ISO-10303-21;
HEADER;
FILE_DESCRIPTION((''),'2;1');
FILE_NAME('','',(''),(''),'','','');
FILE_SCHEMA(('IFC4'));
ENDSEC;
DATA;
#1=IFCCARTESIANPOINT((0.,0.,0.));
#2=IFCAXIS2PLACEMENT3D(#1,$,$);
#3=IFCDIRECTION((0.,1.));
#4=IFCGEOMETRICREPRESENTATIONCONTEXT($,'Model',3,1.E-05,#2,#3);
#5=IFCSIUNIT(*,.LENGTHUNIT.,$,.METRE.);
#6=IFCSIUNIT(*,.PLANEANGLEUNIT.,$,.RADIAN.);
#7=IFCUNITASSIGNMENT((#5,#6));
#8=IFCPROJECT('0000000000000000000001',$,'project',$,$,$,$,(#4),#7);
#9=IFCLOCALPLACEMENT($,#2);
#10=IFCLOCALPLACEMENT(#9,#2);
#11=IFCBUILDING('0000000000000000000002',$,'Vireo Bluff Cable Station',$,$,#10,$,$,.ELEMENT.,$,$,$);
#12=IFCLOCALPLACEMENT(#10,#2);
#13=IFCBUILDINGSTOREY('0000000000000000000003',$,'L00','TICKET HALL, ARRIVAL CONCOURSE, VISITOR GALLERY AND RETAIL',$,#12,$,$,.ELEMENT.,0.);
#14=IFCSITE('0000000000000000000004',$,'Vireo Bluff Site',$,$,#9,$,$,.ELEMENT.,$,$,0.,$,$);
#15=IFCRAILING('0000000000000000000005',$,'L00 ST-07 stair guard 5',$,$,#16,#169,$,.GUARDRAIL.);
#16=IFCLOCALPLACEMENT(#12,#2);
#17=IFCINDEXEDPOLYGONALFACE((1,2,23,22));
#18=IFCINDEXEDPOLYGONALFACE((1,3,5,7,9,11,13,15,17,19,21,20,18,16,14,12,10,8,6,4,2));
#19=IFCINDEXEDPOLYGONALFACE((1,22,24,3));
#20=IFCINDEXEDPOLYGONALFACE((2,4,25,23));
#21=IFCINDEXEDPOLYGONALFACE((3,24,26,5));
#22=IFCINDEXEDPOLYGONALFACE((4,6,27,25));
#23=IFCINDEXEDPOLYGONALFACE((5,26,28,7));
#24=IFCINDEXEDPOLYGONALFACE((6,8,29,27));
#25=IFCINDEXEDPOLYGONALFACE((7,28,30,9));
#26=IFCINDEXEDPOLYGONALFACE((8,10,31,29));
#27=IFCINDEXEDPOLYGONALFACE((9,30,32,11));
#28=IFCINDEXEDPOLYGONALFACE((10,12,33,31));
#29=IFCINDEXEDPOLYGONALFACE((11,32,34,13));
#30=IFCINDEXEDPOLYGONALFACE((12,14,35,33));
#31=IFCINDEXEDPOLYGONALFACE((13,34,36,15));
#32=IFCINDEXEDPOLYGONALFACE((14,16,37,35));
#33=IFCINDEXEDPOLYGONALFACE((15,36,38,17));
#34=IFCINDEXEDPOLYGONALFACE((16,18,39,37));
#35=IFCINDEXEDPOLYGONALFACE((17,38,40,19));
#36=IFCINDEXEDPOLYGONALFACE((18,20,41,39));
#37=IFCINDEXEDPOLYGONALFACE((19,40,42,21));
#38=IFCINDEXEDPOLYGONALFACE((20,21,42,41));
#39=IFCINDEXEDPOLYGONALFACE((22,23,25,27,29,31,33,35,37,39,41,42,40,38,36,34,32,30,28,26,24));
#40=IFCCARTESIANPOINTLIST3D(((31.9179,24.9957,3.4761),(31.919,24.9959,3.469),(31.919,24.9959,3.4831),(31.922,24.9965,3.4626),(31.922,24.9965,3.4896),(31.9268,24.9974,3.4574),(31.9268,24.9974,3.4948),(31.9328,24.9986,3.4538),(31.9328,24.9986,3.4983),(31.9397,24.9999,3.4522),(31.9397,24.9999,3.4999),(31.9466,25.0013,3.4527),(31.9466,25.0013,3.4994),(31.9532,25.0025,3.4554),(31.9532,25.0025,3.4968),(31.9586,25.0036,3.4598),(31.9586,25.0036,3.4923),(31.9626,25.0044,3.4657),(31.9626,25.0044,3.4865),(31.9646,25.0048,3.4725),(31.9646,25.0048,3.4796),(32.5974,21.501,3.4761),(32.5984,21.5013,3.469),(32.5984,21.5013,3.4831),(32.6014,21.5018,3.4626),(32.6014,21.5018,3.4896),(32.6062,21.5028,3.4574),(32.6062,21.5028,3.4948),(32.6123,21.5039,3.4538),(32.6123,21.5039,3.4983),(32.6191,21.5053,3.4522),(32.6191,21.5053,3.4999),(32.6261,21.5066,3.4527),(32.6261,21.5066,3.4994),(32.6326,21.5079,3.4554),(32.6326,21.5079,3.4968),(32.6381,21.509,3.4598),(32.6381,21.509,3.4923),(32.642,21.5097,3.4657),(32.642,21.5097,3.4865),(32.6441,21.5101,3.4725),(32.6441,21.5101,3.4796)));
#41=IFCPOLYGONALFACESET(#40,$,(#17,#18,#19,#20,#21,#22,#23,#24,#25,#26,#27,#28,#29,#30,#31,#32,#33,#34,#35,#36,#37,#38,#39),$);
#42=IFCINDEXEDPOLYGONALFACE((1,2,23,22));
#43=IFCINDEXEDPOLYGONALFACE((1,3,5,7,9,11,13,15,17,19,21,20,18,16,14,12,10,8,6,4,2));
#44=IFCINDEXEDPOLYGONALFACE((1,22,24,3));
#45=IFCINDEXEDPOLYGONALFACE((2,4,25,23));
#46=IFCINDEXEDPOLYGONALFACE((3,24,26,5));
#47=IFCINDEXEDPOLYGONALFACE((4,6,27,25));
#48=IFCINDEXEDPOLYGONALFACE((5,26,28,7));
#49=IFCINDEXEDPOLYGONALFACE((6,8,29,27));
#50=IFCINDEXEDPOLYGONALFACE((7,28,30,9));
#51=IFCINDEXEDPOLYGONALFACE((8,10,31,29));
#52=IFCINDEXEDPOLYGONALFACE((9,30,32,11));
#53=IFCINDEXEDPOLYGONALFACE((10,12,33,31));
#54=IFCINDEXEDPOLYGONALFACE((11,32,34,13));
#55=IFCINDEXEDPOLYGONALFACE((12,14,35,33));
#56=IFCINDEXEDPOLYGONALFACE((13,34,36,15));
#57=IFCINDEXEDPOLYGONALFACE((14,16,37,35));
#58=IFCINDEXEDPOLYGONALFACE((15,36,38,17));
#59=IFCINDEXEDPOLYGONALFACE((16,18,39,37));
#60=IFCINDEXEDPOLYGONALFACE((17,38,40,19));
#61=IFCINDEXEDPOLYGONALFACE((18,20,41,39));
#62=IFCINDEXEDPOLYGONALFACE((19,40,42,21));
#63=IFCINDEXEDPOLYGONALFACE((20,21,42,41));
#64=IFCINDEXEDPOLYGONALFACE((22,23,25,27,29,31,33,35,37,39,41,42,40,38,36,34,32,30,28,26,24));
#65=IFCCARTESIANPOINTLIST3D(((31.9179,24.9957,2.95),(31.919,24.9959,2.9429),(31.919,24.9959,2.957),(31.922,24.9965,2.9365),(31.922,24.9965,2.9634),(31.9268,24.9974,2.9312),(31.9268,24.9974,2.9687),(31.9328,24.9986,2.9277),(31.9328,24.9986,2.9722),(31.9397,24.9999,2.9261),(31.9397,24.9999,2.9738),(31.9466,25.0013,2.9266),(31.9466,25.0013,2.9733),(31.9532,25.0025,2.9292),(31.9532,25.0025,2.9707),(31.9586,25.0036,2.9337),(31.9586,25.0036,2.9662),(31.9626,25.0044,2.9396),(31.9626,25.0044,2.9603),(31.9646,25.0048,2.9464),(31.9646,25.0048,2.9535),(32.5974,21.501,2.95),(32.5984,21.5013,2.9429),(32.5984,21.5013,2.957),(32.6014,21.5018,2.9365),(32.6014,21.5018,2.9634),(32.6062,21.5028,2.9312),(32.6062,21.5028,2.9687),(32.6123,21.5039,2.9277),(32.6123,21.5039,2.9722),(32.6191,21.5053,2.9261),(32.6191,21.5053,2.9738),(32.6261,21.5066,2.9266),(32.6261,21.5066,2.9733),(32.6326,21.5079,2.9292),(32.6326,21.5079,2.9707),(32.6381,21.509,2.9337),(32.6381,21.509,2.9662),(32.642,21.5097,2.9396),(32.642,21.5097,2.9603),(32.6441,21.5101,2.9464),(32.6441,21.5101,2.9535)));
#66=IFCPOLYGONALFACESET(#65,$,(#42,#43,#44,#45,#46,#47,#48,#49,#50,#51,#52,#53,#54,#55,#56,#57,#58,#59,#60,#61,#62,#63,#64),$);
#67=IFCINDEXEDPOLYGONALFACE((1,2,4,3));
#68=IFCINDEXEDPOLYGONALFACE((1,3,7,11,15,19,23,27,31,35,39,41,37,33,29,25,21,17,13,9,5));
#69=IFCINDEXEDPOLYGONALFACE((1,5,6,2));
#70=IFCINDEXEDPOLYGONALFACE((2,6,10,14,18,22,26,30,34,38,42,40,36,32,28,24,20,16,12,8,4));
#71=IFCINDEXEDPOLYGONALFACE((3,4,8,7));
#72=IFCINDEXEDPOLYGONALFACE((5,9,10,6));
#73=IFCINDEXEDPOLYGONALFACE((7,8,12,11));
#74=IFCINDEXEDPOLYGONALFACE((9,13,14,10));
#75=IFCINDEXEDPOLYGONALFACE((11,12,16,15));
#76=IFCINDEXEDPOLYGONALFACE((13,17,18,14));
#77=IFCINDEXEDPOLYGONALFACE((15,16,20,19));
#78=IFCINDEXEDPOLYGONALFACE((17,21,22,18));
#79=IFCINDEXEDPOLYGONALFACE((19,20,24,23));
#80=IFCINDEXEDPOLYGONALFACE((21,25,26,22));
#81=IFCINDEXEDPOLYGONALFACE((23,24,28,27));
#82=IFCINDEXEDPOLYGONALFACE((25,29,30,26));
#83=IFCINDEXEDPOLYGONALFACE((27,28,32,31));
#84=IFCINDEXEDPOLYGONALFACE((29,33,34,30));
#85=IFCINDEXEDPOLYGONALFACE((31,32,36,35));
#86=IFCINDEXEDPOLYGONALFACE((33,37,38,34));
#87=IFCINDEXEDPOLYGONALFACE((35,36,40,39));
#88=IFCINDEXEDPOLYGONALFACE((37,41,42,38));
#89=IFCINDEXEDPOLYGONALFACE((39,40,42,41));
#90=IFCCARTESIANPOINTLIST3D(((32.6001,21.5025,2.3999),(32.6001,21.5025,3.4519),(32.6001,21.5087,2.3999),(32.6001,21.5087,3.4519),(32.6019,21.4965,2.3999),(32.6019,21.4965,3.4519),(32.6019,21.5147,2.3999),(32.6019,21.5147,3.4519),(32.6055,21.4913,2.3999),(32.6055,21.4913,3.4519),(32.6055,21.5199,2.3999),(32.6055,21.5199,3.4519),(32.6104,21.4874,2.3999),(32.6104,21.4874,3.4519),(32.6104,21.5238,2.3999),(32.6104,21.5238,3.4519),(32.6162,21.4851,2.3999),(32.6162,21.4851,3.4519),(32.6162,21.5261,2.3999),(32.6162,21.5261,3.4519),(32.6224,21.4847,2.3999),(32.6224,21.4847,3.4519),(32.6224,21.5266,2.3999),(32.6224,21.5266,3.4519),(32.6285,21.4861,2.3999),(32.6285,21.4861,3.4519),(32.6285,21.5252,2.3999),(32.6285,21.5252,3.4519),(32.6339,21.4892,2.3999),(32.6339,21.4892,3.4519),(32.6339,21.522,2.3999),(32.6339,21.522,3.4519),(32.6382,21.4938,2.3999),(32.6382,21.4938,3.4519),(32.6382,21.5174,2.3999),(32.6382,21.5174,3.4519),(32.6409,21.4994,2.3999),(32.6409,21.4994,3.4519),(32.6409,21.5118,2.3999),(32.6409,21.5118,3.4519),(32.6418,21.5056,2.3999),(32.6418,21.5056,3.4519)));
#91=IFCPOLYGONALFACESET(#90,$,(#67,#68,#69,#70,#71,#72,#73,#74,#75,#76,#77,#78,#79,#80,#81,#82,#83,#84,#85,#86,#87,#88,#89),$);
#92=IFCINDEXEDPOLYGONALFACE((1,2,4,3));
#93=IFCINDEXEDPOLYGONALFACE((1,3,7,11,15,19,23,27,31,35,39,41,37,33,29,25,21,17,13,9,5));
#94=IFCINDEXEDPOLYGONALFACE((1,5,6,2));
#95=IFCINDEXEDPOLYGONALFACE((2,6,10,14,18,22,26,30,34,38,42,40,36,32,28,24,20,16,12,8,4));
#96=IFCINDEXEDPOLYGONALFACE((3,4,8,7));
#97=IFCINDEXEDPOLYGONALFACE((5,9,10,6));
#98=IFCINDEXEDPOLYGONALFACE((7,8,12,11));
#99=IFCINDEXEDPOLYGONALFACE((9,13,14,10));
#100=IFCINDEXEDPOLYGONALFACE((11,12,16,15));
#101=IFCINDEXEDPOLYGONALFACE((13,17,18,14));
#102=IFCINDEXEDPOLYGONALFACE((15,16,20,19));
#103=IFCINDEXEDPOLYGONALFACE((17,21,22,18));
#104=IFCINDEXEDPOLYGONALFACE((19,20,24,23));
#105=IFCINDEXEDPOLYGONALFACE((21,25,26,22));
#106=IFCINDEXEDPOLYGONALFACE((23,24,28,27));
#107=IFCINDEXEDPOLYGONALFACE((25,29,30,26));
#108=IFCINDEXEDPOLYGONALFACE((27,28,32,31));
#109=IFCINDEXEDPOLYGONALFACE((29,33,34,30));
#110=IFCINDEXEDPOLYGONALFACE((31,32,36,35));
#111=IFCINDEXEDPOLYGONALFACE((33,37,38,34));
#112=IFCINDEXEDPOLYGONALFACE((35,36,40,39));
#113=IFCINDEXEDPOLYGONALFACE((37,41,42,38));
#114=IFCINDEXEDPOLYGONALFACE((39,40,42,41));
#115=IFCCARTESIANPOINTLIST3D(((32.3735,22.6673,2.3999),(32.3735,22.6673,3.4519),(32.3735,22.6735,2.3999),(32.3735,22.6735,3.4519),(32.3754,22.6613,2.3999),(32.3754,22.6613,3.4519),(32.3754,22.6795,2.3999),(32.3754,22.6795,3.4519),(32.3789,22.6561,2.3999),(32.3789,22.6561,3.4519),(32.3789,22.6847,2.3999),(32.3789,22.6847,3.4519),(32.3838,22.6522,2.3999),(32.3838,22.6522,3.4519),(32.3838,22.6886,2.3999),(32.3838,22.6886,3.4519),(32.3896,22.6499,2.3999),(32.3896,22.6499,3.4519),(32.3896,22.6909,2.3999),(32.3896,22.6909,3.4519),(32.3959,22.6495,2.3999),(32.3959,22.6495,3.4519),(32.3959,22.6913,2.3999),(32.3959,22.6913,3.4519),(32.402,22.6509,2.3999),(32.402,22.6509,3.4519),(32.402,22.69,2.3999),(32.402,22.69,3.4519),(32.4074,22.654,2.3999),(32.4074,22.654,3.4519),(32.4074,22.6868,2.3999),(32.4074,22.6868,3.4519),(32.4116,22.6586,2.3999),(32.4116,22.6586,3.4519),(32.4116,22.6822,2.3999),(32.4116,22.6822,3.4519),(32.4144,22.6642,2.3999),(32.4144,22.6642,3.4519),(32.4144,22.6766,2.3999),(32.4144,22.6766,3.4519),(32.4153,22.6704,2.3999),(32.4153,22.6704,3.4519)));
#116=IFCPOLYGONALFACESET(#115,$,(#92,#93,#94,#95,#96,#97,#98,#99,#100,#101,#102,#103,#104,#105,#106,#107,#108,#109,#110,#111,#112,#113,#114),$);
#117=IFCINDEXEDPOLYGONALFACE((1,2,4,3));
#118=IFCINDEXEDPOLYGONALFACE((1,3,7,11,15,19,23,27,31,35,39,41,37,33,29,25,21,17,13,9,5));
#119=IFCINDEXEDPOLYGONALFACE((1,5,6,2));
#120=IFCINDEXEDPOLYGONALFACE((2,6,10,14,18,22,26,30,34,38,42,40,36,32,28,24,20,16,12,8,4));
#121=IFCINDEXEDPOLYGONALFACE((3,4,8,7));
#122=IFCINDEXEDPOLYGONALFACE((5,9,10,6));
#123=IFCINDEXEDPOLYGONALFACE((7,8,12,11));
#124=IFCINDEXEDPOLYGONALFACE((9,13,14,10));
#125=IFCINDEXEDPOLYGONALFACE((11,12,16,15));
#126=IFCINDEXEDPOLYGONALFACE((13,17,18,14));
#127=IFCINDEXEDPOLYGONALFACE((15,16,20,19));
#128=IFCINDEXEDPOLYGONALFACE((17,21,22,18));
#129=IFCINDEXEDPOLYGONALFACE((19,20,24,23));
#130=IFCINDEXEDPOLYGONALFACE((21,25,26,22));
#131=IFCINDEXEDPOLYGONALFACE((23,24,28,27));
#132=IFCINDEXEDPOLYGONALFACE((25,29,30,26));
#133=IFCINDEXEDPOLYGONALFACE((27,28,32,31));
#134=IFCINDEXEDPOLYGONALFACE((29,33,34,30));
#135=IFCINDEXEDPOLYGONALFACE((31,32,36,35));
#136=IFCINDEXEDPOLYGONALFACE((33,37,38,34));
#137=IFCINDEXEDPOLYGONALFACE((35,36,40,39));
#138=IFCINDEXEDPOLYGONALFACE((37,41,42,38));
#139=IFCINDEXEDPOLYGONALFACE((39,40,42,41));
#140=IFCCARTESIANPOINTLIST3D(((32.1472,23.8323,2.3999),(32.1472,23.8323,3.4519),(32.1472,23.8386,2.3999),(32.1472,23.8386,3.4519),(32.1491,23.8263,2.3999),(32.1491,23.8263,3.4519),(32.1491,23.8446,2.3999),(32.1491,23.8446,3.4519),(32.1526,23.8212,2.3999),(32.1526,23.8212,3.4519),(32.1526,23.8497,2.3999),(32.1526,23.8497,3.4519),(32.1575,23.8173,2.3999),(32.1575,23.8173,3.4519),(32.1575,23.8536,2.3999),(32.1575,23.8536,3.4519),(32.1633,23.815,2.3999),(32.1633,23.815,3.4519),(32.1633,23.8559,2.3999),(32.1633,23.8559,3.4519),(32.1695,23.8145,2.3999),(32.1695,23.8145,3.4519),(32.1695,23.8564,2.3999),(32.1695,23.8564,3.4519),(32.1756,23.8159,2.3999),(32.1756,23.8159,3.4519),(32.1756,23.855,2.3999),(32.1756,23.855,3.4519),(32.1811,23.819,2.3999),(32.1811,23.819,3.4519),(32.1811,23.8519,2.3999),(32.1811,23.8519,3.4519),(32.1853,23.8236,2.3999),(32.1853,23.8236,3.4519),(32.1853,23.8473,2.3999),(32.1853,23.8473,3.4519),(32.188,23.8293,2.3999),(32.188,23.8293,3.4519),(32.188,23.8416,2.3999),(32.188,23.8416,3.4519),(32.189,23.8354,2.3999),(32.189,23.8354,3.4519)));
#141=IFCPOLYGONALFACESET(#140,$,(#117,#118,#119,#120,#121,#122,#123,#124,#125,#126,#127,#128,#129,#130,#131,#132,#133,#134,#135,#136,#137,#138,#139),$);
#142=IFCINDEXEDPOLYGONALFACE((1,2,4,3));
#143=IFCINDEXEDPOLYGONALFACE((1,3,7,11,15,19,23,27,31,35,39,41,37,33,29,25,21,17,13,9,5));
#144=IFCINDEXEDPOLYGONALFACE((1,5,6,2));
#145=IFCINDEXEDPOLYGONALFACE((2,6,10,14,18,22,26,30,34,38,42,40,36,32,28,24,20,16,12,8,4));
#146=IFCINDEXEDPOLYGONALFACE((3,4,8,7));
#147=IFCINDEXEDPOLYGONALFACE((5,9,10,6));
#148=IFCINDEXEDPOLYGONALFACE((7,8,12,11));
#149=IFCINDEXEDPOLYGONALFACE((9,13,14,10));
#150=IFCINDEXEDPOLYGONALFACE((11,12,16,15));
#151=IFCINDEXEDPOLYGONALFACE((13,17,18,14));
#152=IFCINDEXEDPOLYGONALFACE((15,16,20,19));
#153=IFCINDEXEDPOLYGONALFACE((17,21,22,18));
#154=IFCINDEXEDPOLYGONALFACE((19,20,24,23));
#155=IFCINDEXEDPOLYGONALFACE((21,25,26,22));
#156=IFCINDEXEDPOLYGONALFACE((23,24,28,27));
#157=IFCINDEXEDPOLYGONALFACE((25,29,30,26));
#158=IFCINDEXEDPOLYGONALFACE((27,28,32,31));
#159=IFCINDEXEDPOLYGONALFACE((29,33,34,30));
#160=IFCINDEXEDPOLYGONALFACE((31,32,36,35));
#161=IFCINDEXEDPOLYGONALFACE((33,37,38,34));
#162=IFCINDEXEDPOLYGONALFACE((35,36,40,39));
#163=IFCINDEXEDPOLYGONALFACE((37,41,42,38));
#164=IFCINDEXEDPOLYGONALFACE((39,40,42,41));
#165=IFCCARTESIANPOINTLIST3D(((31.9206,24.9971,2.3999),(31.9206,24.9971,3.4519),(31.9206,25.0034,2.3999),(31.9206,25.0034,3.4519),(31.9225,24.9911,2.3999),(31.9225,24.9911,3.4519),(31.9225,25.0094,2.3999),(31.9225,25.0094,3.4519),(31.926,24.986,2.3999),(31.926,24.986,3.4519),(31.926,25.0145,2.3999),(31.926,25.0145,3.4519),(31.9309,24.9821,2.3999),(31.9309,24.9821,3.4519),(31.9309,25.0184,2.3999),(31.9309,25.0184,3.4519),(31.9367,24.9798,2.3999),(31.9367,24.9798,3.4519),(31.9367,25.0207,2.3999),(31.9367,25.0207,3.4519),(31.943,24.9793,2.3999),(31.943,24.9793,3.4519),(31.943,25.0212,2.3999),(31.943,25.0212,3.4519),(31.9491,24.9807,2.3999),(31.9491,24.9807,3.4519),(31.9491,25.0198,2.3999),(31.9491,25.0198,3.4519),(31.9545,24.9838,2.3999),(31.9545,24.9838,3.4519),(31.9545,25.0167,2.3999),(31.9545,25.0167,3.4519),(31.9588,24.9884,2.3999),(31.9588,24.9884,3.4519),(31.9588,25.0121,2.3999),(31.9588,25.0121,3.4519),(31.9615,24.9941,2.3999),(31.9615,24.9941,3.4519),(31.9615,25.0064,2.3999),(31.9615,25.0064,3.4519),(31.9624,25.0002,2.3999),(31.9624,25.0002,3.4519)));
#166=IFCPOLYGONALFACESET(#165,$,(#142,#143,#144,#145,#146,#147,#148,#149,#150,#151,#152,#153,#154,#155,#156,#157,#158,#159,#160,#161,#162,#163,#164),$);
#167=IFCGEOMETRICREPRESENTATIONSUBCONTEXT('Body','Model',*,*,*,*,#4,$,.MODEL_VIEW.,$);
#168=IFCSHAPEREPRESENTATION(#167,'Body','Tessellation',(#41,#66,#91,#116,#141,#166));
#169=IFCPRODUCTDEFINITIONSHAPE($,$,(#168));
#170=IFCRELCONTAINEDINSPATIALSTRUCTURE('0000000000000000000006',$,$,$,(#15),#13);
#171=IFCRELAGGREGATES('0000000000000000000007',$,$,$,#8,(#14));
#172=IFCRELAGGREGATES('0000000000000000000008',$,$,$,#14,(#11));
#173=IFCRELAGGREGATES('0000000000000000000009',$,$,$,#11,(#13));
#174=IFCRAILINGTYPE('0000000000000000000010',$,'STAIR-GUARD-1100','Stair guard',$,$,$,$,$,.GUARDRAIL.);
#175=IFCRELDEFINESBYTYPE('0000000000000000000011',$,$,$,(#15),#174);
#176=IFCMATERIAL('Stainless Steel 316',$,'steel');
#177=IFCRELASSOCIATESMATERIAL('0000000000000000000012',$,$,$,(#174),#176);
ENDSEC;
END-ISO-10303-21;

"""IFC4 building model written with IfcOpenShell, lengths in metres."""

from ifc_helpers import new_model, si_unit, direction, frame, origin, origin_2d, place, context, subcontext, project, spatial, circle, extrude, material, type_object, element, save


model = new_model("IFC4")

# Units and contexts
model_context = context("Model", 3, precision=1e-05, world=origin(), true_north=direction((0.0, 1.0)))
body_context = subcontext(model_context, "Body", "Model", "MODEL_VIEW")
ifc_project = project(units=[si_unit("LENGTHUNIT", "METRE"), si_unit("PLANEANGLEUNIT", "RADIAN")], contexts=[model_context])

# Site, building, storey
site_placement = place(None, origin())
site = spatial("IfcSite", under=ifc_project, at=site_placement, Name="Vireo Bluff Site", CompositionType="ELEMENT", RefElevation=0.0)
building_placement = place(site_placement, origin())
building = spatial("IfcBuilding", under=site, at=building_placement, Name="Vireo Bluff Cable Station", CompositionType="ELEMENT")
storey_placement = place(building_placement, origin())
storey = spatial("IfcBuildingStorey", under=building, at=storey_placement, Name="L00", Description="TICKET HALL, ARRIVAL CONCOURSE, VISITOR GALLERY AND RETAIL", CompositionType="ELEMENT", Elevation=0.0)

# Railing
ifc_material_1 = material(Name="Stainless Steel 316", Category="steel")
railing_type = type_object("IfcRailingType", Name="STAIR-GUARD-1100", Description="Stair guard", PredefinedType="GUARDRAIL", material=ifc_material_1)
railing_1_placement = place(storey_placement, frame((32.6208, 21.5056, 2.3999)))
element("IfcRailing", 1, at=railing_1_placement, inside=storey, type_object=railing_type, Name="L00 ST-07 stair guard 5", PredefinedType="GUARDRAIL", context=body_context, shape_type="SweptSolid", body=[
    extrude(circle(Radius=0.0239, at=origin_2d()), frame((0.0, 0.0, 1.0762), z_axis=(-0.190851, 0.981619, 0.0), x_axis=(-0.981619, -0.190851, 0.0)), (0.0, 0.0, 1.0), 3.5601),
    extrude(circle(Radius=0.0239, at=origin_2d()), frame((0.0, 0.0, 0.55), z_axis=(-0.190851, 0.981619, 0.0), x_axis=(-0.981619, -0.190851, 0.0)), (0.0, 0.0, 1.0), 3.5601),
    extrude(circle(Radius=0.021, at=origin_2d()), origin(), (0.0, 0.0, 1.0), 1.052),
    extrude(circle(Radius=0.021, at=origin_2d()), frame((-0.2266, 1.1648, 0.0)), (0.0, 0.0, 1.0), 1.052),
    extrude(circle(Radius=0.021, at=origin_2d()), frame((-0.4529, 2.3298, 0.0)), (0.0, 0.0, 1.0), 1.052),
    extrude(circle(Radius=0.021, at=origin_2d()), frame((-0.6794, 3.4946, 0.0)), (0.0, 0.0, 1.0), 1.052),
])

save(model, "model.ifc")
